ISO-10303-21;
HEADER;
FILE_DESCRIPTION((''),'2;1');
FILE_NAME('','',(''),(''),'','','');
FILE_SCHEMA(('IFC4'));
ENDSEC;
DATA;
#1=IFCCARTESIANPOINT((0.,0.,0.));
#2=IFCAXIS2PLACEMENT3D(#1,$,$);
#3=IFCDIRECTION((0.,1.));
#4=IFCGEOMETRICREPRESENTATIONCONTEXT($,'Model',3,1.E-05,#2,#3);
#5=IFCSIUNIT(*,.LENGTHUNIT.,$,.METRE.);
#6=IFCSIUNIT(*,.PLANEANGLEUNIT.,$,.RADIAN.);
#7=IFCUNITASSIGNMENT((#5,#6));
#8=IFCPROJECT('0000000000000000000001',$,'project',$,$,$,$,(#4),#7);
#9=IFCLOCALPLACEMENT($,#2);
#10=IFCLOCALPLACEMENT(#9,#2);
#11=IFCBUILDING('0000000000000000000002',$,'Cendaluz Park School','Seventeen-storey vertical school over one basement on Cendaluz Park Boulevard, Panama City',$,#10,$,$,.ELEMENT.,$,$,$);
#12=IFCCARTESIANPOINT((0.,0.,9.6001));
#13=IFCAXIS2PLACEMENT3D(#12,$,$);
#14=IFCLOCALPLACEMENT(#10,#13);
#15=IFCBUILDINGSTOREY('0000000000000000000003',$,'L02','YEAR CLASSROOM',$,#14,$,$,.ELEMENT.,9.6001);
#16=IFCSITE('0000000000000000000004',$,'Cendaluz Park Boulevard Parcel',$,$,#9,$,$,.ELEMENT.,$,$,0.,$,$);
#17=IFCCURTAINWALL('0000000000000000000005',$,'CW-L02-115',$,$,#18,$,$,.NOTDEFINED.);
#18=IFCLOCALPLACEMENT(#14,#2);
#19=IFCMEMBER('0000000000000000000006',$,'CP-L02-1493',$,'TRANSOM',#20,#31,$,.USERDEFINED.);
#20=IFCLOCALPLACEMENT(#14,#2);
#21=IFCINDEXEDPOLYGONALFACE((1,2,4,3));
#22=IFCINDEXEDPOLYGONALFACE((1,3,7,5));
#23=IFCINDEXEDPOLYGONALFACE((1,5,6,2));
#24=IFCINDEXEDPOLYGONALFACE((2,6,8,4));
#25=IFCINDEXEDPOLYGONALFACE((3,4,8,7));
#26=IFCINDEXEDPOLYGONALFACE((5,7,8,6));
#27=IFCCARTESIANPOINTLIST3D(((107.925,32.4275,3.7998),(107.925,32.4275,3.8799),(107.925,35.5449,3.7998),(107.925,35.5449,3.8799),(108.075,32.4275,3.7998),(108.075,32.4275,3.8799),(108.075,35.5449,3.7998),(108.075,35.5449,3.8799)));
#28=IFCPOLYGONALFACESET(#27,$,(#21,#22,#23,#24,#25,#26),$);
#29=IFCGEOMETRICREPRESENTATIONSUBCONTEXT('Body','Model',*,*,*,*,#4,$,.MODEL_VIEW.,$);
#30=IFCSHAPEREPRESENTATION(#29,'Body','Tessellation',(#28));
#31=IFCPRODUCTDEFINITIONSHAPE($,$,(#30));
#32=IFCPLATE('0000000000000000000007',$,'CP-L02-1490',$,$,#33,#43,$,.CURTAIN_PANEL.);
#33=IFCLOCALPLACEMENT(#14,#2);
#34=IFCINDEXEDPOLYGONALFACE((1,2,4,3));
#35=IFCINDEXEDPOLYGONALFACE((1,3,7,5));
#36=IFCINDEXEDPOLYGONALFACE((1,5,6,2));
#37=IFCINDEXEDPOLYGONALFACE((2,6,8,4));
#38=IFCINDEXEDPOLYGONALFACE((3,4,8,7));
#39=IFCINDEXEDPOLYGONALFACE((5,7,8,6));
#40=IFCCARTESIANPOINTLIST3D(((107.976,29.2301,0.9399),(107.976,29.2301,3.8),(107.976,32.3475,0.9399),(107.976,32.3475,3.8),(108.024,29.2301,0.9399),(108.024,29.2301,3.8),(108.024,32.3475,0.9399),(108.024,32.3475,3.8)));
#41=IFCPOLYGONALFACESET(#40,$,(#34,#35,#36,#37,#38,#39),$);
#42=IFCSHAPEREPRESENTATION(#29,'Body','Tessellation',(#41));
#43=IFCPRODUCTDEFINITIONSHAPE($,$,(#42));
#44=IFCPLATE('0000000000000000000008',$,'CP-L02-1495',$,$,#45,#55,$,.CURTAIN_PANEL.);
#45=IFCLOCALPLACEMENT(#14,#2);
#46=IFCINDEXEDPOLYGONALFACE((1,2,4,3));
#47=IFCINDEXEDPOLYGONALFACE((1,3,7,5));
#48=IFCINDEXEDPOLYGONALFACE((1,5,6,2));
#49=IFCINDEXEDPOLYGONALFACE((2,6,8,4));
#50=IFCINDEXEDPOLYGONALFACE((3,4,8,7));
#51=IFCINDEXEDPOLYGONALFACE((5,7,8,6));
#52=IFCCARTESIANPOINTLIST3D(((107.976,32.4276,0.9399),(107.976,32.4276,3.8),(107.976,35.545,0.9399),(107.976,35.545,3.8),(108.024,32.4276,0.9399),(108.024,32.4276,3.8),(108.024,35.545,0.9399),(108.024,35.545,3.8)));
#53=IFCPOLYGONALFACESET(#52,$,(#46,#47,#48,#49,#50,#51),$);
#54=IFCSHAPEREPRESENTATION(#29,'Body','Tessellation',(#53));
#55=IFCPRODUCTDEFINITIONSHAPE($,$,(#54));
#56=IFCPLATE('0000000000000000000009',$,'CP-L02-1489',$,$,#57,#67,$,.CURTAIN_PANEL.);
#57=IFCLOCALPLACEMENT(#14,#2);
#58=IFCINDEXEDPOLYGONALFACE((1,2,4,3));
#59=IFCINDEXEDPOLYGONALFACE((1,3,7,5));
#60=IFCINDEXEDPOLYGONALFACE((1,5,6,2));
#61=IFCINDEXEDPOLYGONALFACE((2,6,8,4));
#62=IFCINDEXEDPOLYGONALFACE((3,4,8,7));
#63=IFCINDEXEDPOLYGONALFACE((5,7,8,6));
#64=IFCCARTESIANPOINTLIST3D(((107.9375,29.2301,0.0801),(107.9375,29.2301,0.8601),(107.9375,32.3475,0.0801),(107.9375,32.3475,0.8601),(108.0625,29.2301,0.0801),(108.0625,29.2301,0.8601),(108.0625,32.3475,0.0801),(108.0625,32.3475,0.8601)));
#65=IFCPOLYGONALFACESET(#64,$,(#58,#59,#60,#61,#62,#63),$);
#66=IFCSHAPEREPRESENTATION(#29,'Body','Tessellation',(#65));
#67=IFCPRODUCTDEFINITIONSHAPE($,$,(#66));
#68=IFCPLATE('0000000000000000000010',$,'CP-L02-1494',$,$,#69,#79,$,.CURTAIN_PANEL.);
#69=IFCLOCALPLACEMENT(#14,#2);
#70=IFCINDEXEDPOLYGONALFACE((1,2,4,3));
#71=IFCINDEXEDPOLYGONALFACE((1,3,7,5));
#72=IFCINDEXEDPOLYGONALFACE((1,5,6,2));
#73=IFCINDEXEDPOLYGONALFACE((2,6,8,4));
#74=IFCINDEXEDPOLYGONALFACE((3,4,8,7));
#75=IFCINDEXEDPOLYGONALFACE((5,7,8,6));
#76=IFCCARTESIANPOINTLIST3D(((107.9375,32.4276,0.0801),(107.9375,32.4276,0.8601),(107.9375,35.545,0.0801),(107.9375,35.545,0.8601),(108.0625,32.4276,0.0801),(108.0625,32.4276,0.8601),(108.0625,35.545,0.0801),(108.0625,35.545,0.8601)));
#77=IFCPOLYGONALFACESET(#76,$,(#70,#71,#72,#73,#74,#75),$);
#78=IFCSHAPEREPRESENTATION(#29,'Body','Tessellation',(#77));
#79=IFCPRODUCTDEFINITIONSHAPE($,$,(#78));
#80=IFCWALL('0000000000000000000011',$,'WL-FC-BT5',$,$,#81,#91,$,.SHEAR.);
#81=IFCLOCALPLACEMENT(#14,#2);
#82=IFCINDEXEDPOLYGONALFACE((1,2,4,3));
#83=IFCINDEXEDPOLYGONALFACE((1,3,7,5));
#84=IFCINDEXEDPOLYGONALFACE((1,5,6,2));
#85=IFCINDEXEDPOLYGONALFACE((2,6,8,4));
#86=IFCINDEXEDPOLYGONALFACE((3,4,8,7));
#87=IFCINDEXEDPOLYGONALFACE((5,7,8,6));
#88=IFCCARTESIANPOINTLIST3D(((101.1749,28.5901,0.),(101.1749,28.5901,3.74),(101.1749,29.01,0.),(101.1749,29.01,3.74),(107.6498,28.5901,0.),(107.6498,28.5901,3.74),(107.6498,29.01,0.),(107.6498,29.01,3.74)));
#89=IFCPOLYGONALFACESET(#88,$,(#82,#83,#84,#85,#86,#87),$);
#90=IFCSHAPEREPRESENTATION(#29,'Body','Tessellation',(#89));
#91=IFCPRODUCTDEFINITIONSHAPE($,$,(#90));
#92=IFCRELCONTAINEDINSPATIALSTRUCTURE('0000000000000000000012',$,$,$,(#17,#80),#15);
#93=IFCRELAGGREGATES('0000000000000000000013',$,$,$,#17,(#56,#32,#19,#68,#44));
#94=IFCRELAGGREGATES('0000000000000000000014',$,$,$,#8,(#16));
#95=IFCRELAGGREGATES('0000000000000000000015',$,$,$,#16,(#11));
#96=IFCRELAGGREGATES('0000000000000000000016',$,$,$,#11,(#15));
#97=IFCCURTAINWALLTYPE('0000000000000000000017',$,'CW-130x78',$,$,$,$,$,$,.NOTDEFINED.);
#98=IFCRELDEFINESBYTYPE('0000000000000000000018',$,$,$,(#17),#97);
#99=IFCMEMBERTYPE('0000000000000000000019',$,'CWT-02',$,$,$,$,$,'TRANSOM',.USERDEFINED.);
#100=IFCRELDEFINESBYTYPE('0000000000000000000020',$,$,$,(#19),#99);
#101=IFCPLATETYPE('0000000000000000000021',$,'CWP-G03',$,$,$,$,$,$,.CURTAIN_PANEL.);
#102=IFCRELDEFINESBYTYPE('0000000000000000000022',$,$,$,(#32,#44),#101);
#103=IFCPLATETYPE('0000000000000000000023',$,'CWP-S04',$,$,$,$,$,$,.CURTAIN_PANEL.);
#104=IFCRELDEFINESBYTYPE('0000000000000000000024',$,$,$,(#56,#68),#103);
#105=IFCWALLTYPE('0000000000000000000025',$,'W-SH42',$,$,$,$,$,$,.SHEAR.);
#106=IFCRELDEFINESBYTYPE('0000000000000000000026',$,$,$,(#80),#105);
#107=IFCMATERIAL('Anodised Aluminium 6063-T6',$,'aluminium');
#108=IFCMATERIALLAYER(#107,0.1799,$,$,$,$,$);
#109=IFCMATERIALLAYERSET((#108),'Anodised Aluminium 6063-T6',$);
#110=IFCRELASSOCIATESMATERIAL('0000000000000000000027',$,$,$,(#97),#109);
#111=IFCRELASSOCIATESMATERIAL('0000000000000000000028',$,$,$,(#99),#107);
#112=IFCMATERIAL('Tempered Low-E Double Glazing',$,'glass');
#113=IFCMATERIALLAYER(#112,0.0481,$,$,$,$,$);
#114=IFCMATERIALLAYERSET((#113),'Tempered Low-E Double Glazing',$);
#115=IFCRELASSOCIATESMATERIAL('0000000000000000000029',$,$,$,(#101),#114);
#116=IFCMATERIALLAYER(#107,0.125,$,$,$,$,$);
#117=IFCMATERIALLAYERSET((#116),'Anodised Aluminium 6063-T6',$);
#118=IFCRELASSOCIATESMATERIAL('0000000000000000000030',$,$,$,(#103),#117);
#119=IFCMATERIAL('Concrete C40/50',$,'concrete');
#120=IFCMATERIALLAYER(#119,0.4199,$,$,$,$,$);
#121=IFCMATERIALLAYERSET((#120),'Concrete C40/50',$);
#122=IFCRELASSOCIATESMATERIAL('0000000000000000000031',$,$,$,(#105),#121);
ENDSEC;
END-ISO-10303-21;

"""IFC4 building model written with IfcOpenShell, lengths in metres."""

from ifc_helpers import new_model, si_unit, direction, frame, frame_2d, origin, origin_2d, place, context, subcontext, project, spatial, rectangle, extrude, material, layer, layer_set, material_profile, profile_set, type_object, element, aggregate, save


model = new_model("IFC4")

# Units and contexts
model_context = context("Model", 3, precision=1e-05, world=origin(), true_north=direction((0.0, 1.0)))
body_context = subcontext(model_context, "Body", "Model", "MODEL_VIEW")
ifc_project = project(units=[si_unit("LENGTHUNIT", "METRE"), si_unit("PLANEANGLEUNIT", "RADIAN")], contexts=[model_context])

# Site, building, storey
site_placement = place(None, origin())
site = spatial("IfcSite", under=ifc_project, at=site_placement, Name="Cendaluz Park Boulevard Parcel", CompositionType="ELEMENT", RefElevation=0.0)
building_placement = place(site_placement, origin())
building = spatial("IfcBuilding", under=site, at=building_placement, Name="Cendaluz Park School", Description="Seventeen-storey vertical school over one basement on Cendaluz Park Boulevard, Panama City", CompositionType="ELEMENT")
storey_placement = place(building_placement, frame((0.0, 0.0, 9.6001)))
storey = spatial("IfcBuildingStorey", under=building, at=storey_placement, Name="L02", Description="YEAR CLASSROOM", CompositionType="ELEMENT", Elevation=9.6001)

# Shared definitions
ifc_material_1 = material(Name="Concrete C40/50", Category="concrete")

# Curtain wall, member, plates
ifc_material_2 = material(Name="Anodised Aluminium 6063-T6", Category="aluminium")
ifc_layer_1 = layer(ifc_material_2, 0.1799)
ifc_layer_set_1 = layer_set([ifc_layer_1], Name="Anodised Aluminium 6063-T6")
curtain_wall_type = type_object("IfcCurtainWallType", Name="CW-130x78", PredefinedType="NOTDEFINED", material=ifc_layer_set_1)
curtain_wall_placement = place(storey_placement, origin())
curtain_wall = element("IfcCurtainWall", 1, at=curtain_wall_placement, inside=storey, type_object=curtain_wall_type, Name="CW-L02-115", PredefinedType="NOTDEFINED")
ifc_material_profile_1 = material_profile(ifc_material_2, rectangle(XDim=0.1499, YDim=0.0801, at=origin_2d()), Name="CWT 150x80", Category="aluminium")
ifc_profile_set_1 = profile_set([ifc_material_profile_1], Name="Anodised Aluminium 6063-T6")
member_type_1 = type_object("IfcMemberType", Name="CWT-02", ElementType="TRANSOM", PredefinedType="USERDEFINED", material=ifc_profile_set_1)
member_1_placement = place(storey_placement, frame((108.0, 32.4275, 3.8398), z_axis=(0.0, 1.0, 0.0), x_axis=(-1.0, 0.0, 0.0)))
member_1 = element("IfcMember", 2, at=member_1_placement, type_object=member_type_1, Name="CP-L02-1493", ObjectType="TRANSOM", PredefinedType="USERDEFINED", context=body_context, shape_type="SweptSolid", body=[
    extrude(rectangle(XDim=0.1499, YDim=0.0801, at=origin_2d()), origin(), (0.0, 0.0, 1.0), 3.1174),
])
ifc_material_3 = material(Name="Tempered Low-E Double Glazing", Category="glass")
ifc_layer_2 = layer(ifc_material_3, 0.0481)
ifc_layer_set_2 = layer_set([ifc_layer_2], Name="Tempered Low-E Double Glazing")
plate_type_1 = type_object("IfcPlateType", Name="CWP-G03", PredefinedType="CURTAIN_PANEL", material=ifc_layer_set_2)
plate_1_placement = place(storey_placement, frame((108.0, 30.7888, 0.9399), z_axis=(0.0, 0.0, 1.0), x_axis=(0.0, 1.0, 0.0)))
plate_1 = element("IfcPlate", 3, at=plate_1_placement, type_object=plate_type_1, Name="CP-L02-1490", PredefinedType="CURTAIN_PANEL", context=body_context, shape_type="SweptSolid", body=[
    extrude(rectangle(XDim=3.1174, YDim=0.0481, at=origin_2d()), origin(), (0.0, 0.0, 1.0), 2.8601),
])
plate_2_placement = place(storey_placement, frame((108.0, 33.9863, 0.9399), z_axis=(0.0, 0.0, 1.0), x_axis=(0.0, 1.0, 0.0)))
plate_2 = element("IfcPlate", 4, at=plate_2_placement, type_object=plate_type_1, Name="CP-L02-1495", PredefinedType="CURTAIN_PANEL", context=body_context, shape_type="SweptSolid", body=[
    extrude(rectangle(XDim=3.1174, YDim=0.0481, at=origin_2d()), origin(), (0.0, 0.0, 1.0), 2.8601),
])
ifc_layer_3 = layer(ifc_material_2, 0.125)
ifc_layer_set_3 = layer_set([ifc_layer_3], Name="Anodised Aluminium 6063-T6")
plate_type_2 = type_object("IfcPlateType", Name="CWP-S04", PredefinedType="CURTAIN_PANEL", material=ifc_layer_set_3)
plate_3_placement = place(storey_placement, frame((108.0, 30.7888, 0.0801), z_axis=(0.0, 0.0, 1.0), x_axis=(0.0, 1.0, 0.0)))
plate_3 = element("IfcPlate", 5, at=plate_3_placement, type_object=plate_type_2, Name="CP-L02-1489", PredefinedType="CURTAIN_PANEL", context=body_context, shape_type="SweptSolid", body=[
    extrude(rectangle(XDim=3.1174, YDim=0.125, at=origin_2d()), origin(), (0.0, 0.0, 1.0), 0.78),
])
plate_4_placement = place(storey_placement, frame((108.0, 33.9863, 0.0801), z_axis=(0.0, 0.0, 1.0), x_axis=(0.0, 1.0, 0.0)))
plate_4 = element("IfcPlate", 6, at=plate_4_placement, type_object=plate_type_2, Name="CP-L02-1494", PredefinedType="CURTAIN_PANEL", context=body_context, shape_type="SweptSolid", body=[
    extrude(rectangle(XDim=3.1174, YDim=0.125, at=origin_2d()), origin(), (0.0, 0.0, 1.0), 0.78),
])
aggregate(curtain_wall, [plate_3, plate_1, member_1, plate_4, plate_2])

# Wall
ifc_layer_4 = layer(ifc_material_1, 0.4199)
ifc_layer_set_4 = layer_set([ifc_layer_4], Name="Concrete C40/50")
wall_type = type_object("IfcWallType", Name="W-SH42", PredefinedType="SHEAR", material=ifc_layer_set_4)
wall_placement = place(storey_placement, frame((101.175, 28.8, 0.0), z_axis=(0.0, 0.0, 1.0), x_axis=(1.0, 0.0, 0.0)))
element("IfcWall", 7, at=wall_placement, inside=storey, type_object=wall_type, Name="WL-FC-BT5", PredefinedType="SHEAR", context=body_context, shape_type="SweptSolid", body=[
    extrude(rectangle(XDim=6.4749, YDim=0.4199, at=frame_2d((3.2373, 0.0))), origin(), (0.0, 0.0, 1.0), 3.74),
])

save(model, "model.ifc")
